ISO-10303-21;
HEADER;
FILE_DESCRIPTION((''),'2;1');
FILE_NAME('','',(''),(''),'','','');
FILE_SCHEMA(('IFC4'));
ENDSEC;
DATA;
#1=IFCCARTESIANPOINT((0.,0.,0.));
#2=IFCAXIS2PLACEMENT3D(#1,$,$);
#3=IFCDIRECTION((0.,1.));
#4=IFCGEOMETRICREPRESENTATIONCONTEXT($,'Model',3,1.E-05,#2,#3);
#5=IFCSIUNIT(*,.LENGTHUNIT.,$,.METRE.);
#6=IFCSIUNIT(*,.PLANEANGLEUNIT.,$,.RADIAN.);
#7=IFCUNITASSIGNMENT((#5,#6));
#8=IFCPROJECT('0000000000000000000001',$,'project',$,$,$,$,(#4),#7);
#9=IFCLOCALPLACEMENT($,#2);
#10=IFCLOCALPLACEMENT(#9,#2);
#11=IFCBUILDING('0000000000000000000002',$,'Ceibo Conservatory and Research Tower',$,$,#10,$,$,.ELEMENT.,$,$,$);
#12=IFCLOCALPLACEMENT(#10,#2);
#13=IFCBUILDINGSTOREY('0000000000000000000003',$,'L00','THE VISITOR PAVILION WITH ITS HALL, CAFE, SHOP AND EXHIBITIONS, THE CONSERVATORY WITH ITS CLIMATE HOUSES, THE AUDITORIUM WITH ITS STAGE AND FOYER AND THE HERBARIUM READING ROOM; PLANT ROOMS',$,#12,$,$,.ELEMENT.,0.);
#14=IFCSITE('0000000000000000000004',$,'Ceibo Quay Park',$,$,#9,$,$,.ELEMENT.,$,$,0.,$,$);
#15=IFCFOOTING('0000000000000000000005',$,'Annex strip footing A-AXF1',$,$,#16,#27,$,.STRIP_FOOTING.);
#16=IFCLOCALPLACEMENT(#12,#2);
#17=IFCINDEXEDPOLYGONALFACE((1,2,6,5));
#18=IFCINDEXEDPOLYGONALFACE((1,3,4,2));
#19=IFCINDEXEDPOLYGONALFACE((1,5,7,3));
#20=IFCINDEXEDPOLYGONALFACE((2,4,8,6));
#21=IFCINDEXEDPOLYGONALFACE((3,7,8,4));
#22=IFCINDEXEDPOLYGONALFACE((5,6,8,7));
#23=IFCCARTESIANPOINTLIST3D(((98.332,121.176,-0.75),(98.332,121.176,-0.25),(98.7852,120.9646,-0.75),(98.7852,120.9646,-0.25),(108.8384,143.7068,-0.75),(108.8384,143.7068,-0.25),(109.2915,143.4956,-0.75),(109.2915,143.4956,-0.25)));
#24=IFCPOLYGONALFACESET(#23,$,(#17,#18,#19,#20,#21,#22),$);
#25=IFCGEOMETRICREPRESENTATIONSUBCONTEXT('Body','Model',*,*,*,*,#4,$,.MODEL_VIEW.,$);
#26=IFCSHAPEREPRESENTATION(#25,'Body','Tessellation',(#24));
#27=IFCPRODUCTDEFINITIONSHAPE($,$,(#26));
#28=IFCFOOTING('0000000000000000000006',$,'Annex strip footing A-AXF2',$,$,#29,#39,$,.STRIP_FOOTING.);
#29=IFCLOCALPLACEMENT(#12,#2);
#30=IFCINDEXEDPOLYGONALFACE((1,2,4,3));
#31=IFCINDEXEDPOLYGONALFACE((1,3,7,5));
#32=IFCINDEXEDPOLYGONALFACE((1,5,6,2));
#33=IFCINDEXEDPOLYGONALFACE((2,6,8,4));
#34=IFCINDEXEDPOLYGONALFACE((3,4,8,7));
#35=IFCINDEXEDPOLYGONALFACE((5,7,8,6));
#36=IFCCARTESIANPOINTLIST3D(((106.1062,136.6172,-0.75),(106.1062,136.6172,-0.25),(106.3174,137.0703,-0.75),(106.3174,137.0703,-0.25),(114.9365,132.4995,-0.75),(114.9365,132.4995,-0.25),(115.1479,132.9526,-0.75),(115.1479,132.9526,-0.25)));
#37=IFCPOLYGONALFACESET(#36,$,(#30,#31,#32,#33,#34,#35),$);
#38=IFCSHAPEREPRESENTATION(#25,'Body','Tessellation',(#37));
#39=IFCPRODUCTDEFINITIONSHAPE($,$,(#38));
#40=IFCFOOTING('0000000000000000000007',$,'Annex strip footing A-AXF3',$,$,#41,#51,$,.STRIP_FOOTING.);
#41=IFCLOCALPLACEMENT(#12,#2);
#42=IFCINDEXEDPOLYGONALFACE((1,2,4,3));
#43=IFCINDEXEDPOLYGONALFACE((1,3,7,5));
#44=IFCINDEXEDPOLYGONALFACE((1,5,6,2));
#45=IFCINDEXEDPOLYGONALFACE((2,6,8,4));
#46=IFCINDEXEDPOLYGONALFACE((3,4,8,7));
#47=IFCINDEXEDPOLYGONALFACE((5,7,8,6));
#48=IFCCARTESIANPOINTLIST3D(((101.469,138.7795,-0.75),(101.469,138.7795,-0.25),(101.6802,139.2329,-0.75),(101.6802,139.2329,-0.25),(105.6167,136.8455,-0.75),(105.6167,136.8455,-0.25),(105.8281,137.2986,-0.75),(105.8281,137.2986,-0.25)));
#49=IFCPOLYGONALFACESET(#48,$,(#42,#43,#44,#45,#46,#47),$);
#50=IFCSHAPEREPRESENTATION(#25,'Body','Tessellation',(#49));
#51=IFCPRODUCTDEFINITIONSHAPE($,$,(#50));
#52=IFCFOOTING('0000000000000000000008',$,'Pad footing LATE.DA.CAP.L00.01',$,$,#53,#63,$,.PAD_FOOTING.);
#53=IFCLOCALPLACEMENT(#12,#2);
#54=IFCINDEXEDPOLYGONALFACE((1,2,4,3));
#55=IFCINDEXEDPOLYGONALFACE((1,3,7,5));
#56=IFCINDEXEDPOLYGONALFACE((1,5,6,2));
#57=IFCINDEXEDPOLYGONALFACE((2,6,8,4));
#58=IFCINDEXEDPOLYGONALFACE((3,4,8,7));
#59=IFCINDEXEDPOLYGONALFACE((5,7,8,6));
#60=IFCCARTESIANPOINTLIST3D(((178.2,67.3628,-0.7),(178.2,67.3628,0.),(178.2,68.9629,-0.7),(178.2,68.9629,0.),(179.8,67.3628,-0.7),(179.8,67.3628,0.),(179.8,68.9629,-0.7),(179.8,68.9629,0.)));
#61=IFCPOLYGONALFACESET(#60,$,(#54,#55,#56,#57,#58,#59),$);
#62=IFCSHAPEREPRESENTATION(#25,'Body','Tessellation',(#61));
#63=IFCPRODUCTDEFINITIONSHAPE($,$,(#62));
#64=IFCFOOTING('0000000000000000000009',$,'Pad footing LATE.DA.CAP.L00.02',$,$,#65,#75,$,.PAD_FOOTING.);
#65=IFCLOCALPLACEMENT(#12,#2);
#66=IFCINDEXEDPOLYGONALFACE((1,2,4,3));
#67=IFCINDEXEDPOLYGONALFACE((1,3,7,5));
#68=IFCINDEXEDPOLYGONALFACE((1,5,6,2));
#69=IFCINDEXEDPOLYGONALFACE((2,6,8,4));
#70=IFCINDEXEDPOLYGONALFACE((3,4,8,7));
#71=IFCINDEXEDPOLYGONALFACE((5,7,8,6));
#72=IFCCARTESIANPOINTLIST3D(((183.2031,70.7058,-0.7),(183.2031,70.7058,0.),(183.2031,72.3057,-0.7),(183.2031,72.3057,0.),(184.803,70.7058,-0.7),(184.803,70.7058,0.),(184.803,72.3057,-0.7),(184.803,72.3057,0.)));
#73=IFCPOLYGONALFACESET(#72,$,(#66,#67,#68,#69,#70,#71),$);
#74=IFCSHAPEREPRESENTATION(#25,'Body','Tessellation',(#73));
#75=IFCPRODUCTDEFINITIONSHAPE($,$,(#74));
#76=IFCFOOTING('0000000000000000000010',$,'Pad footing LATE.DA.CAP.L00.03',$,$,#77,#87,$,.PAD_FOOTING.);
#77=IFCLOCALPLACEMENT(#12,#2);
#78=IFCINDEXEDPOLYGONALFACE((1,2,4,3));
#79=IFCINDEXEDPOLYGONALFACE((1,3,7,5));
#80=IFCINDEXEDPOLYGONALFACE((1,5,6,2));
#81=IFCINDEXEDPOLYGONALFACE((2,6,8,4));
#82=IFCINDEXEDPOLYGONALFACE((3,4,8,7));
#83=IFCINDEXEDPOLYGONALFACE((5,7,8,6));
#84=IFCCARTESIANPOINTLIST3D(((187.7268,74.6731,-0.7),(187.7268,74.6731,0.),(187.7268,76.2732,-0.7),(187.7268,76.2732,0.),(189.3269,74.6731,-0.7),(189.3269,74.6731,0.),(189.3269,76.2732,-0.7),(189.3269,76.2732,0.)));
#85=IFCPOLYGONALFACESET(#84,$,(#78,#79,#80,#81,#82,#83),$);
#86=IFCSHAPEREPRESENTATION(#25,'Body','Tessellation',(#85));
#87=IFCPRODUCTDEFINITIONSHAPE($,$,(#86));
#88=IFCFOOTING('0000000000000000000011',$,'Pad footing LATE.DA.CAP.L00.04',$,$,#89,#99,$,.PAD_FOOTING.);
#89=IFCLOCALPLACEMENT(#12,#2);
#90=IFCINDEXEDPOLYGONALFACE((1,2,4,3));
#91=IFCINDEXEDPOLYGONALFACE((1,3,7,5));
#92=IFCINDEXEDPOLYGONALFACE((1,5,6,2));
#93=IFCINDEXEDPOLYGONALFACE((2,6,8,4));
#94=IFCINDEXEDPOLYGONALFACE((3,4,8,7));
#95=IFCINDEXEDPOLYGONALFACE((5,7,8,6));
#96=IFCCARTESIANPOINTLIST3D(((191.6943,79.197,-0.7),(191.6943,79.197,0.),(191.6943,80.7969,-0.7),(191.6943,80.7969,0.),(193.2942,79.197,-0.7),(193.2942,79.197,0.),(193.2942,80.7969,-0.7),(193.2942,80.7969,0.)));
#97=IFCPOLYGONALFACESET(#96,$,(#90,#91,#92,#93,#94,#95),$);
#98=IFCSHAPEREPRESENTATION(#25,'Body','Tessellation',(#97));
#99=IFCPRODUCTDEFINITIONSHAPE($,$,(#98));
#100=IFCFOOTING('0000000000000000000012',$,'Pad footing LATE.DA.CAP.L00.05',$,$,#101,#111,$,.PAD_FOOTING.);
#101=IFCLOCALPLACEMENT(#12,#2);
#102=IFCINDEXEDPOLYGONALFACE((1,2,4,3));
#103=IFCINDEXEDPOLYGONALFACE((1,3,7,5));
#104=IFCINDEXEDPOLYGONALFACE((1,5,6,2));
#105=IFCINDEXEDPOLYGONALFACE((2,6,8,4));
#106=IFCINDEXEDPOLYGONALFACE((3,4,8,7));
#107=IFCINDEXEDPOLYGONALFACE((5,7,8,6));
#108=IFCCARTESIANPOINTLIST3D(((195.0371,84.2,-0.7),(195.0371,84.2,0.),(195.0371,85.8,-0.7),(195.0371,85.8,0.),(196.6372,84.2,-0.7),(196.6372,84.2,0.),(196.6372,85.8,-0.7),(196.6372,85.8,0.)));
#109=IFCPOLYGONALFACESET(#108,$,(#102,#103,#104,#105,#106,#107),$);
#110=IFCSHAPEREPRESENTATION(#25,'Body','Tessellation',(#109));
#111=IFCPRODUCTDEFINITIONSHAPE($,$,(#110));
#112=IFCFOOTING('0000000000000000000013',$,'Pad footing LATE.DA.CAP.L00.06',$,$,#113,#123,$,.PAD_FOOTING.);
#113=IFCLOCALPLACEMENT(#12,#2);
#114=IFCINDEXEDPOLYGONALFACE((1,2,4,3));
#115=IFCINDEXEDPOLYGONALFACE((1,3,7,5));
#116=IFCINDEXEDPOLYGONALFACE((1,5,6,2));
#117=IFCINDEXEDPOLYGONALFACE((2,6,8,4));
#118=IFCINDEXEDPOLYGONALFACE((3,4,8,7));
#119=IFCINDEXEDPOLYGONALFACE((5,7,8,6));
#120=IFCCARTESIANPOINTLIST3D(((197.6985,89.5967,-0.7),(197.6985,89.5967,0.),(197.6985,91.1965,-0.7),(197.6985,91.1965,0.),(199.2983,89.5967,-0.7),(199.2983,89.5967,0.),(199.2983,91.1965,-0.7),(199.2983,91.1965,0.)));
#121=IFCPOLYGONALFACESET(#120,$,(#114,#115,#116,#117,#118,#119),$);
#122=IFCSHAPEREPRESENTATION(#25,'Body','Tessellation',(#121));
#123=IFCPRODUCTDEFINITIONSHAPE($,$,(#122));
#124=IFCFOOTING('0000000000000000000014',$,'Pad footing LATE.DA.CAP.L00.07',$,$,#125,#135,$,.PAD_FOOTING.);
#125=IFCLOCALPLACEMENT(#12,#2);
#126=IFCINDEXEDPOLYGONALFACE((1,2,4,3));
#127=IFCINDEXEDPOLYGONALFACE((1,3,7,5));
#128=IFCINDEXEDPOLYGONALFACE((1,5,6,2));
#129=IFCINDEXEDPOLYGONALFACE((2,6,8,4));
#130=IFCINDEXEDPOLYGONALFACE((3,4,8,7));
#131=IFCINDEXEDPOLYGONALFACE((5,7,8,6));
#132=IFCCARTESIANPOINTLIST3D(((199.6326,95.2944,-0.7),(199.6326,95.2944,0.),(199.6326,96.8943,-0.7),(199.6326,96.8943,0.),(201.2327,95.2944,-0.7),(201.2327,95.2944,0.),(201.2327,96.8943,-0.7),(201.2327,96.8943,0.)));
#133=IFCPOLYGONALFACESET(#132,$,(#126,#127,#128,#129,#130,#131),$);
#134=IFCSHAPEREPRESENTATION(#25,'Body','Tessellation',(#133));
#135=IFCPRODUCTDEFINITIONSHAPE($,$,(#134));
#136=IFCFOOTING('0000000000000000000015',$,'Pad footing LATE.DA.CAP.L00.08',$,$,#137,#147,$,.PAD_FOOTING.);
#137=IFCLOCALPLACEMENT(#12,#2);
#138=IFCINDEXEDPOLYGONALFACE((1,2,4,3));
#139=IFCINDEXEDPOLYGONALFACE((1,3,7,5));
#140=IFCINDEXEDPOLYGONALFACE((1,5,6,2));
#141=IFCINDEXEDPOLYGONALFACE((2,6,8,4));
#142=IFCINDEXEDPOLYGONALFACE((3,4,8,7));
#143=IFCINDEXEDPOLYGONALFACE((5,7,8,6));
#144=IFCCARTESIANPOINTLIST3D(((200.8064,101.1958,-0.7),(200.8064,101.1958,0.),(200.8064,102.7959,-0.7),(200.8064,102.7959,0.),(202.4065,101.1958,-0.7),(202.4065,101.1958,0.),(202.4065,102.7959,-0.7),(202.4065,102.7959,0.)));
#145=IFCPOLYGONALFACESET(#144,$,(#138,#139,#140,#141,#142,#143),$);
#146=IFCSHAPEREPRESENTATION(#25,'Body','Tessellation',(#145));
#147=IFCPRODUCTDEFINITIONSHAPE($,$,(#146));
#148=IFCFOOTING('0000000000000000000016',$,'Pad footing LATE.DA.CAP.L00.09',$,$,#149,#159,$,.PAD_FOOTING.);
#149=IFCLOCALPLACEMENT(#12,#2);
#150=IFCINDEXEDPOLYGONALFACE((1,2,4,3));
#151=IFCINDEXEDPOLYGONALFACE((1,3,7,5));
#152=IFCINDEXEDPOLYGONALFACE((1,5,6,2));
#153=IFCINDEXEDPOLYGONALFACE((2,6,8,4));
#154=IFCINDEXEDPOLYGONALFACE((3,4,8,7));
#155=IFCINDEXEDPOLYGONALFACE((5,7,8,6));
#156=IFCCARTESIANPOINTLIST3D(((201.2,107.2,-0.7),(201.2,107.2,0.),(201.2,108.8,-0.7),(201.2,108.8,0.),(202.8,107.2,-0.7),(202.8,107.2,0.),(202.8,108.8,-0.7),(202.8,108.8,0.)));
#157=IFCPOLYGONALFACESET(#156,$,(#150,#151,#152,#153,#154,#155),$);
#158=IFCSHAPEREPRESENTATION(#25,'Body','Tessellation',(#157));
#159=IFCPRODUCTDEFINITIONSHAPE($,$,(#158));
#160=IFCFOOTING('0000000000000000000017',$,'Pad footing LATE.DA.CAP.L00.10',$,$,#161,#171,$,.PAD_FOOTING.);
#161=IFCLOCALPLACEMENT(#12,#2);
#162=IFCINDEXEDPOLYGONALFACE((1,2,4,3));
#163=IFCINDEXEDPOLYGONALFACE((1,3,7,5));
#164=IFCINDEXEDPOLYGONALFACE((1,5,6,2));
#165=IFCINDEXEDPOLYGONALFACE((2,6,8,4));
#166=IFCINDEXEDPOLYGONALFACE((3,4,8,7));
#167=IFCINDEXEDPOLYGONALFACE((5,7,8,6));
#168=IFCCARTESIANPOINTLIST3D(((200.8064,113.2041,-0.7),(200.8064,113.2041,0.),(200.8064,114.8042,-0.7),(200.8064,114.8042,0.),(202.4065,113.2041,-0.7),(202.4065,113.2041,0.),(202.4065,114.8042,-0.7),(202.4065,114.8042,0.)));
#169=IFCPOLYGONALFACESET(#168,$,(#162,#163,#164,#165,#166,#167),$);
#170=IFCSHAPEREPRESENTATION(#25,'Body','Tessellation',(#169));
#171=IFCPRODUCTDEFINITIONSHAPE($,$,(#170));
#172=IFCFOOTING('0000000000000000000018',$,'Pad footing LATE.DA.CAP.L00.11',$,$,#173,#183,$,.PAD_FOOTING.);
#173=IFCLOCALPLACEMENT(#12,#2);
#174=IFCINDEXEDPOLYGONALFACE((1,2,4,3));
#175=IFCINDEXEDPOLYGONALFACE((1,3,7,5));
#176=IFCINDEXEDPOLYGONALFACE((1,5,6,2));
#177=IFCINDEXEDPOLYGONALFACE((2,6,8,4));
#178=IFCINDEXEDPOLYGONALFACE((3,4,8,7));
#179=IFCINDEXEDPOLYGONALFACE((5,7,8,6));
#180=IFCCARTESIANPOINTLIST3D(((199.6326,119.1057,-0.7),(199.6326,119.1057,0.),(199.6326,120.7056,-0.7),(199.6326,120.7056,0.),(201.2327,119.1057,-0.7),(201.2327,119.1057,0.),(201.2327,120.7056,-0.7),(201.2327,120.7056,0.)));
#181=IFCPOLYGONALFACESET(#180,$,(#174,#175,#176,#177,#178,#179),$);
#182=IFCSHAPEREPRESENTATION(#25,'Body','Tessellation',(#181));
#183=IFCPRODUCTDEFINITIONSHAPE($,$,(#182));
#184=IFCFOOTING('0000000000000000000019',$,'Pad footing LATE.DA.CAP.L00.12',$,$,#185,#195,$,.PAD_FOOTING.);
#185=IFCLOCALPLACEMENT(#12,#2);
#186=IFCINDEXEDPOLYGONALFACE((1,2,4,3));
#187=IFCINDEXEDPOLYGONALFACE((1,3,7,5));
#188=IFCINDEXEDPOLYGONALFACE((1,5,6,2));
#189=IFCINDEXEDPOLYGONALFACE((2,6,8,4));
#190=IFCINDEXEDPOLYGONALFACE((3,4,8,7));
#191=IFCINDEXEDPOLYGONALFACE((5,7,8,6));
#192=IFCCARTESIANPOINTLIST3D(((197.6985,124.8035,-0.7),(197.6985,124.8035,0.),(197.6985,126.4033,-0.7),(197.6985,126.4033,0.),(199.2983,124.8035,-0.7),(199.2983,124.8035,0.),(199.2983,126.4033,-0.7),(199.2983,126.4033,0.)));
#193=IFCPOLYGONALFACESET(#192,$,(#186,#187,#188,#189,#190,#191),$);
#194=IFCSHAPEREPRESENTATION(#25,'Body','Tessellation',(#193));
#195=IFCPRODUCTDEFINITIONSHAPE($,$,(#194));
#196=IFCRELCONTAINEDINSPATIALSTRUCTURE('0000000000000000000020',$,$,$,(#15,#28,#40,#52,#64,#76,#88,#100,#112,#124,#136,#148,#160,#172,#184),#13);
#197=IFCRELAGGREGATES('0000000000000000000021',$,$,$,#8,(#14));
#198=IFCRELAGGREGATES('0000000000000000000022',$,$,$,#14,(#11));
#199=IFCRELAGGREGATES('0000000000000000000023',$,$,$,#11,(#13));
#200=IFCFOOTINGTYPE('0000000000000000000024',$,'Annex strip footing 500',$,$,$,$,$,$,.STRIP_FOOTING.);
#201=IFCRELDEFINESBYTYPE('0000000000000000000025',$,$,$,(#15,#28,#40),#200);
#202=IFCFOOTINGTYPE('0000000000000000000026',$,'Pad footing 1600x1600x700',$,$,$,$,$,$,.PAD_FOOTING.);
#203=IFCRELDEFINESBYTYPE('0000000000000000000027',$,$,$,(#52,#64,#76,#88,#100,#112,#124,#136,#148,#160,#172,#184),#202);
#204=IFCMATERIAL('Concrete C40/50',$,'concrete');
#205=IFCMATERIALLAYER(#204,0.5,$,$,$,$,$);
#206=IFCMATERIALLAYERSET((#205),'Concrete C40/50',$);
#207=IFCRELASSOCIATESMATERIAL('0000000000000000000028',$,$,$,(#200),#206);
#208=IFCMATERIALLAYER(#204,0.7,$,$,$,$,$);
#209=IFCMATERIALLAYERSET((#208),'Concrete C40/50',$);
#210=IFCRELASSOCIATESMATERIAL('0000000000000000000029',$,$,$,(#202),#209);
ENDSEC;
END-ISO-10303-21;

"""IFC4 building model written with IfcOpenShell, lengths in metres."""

from ifc_helpers import new_model, si_unit, direction, frame, origin, place, context, subcontext, project, spatial, polyline, outline, extrude, material, layer, layer_set, type_object, element, save


model = new_model("IFC4")

# Units and contexts
model_context = context("Model", 3, precision=1e-05, world=origin(), true_north=direction((0.0, 1.0)))
body_context = subcontext(model_context, "Body", "Model", "MODEL_VIEW")
ifc_project = project(units=[si_unit("LENGTHUNIT", "METRE"), si_unit("PLANEANGLEUNIT", "RADIAN")], contexts=[model_context])

# Site, building, storey
site_placement = place(None, origin())
site = spatial("IfcSite", under=ifc_project, at=site_placement, Name="Ceibo Quay Park", CompositionType="ELEMENT", RefElevation=0.0)
building_placement = place(site_placement, origin())
building = spatial("IfcBuilding", under=site, at=building_placement, Name="Ceibo Conservatory and Research Tower", CompositionType="ELEMENT")
storey_placement = place(building_placement, origin())
storey = spatial("IfcBuildingStorey", under=building, at=storey_placement, Name="L00", Description="THE VISITOR PAVILION WITH ITS HALL, CAFE, SHOP AND EXHIBITIONS, THE CONSERVATORY WITH ITS CLIMATE HOUSES, THE AUDITORIUM WITH ITS STAGE AND FOYER AND THE HERBARIUM READING ROOM; PLANT ROOMS", CompositionType="ELEMENT", Elevation=0.0)

# Footings
ifc_material = material(Name="Concrete C40/50", Category="concrete")
ifc_layer_1 = layer(ifc_material, 0.5)
ifc_layer_set_1 = layer_set([ifc_layer_1], Name="Concrete C40/50")
footing_type_1 = type_object("IfcFootingType", Name="Annex strip footing 500", PredefinedType="STRIP_FOOTING", material=ifc_layer_set_1)
footing_1_placement = place(storey_placement, frame((0.0, 0.0, -0.75)))
element("IfcFooting", 1, at=footing_1_placement, inside=storey, type_object=footing_type_1, Name="Annex strip footing A-AXF1", PredefinedType="STRIP_FOOTING", context=body_context, shape_type="SweptSolid", body=[
    extrude(outline(polyline([(98.7852, 120.9646), (109.2915, 143.4956), (108.8384, 143.7068), (98.332, 121.176), (98.7852, 120.9646)])), origin(), (0.0, 0.0, 1.0), 0.5),
])
footing_2_placement = place(storey_placement, frame((0.0, 0.0, -0.75)))
element("IfcFooting", 2, at=footing_2_placement, inside=storey, type_object=footing_type_1, Name="Annex strip footing A-AXF2", PredefinedType="STRIP_FOOTING", context=body_context, shape_type="SweptSolid", body=[
    extrude(outline(polyline([(115.1479, 132.9526), (106.3174, 137.0703), (106.1062, 136.6172), (114.9365, 132.4995), (115.1479, 132.9526)])), origin(), (0.0, 0.0, 1.0), 0.5),
])
footing_3_placement = place(storey_placement, frame((0.0, 0.0, -0.75)))
element("IfcFooting", 3, at=footing_3_placement, inside=storey, type_object=footing_type_1, Name="Annex strip footing A-AXF3", PredefinedType="STRIP_FOOTING", context=body_context, shape_type="SweptSolid", body=[
    extrude(outline(polyline([(101.6802, 139.2329), (101.469, 138.7795), (105.6167, 136.8455), (105.8281, 137.2986), (101.6802, 139.2329)])), origin(), (0.0, 0.0, 1.0), 0.5),
])
ifc_layer_2 = layer(ifc_material, 0.7)
ifc_layer_set_2 = layer_set([ifc_layer_2], Name="Concrete C40/50")
footing_type_2 = type_object("IfcFootingType", Name="Pad footing 1600x1600x700", PredefinedType="PAD_FOOTING", material=ifc_layer_set_2)
footing_4_placement = place(storey_placement, frame((0.0, 0.0, -0.7)))
element("IfcFooting", 4, at=footing_4_placement, inside=storey, type_object=footing_type_2, Name="Pad footing LATE.DA.CAP.L00.01", PredefinedType="PAD_FOOTING", context=body_context, shape_type="SweptSolid", body=[
    extrude(outline(polyline([(178.2, 67.3628), (179.8, 67.3628), (179.8, 68.9629), (178.2, 68.9629), (178.2, 67.3628)])), origin(), (0.0, 0.0, 1.0), 0.7),
])
footing_5_placement = place(storey_placement, frame((0.0, 0.0, -0.7)))
element("IfcFooting", 5, at=footing_5_placement, inside=storey, type_object=footing_type_2, Name="Pad footing LATE.DA.CAP.L00.02", PredefinedType="PAD_FOOTING", context=body_context, shape_type="SweptSolid", body=[
    extrude(outline(polyline([(183.2031, 70.7058), (184.803, 70.7058), (184.803, 72.3057), (183.2031, 72.3057), (183.2031, 70.7058)])), origin(), (0.0, 0.0, 1.0), 0.7),
])
footing_6_placement = place(storey_placement, frame((0.0, 0.0, -0.7)))
element("IfcFooting", 6, at=footing_6_placement, inside=storey, type_object=footing_type_2, Name="Pad footing LATE.DA.CAP.L00.03", PredefinedType="PAD_FOOTING", context=body_context, shape_type="SweptSolid", body=[
    extrude(outline(polyline([(187.7268, 74.6731), (189.3269, 74.6731), (189.3269, 76.2732), (187.7268, 76.2732), (187.7268, 74.6731)])), origin(), (0.0, 0.0, 1.0), 0.7),
])
footing_7_placement = place(storey_placement, frame((0.0, 0.0, -0.7)))
element("IfcFooting", 7, at=footing_7_placement, inside=storey, type_object=footing_type_2, Name="Pad footing LATE.DA.CAP.L00.04", PredefinedType="PAD_FOOTING", context=body_context, shape_type="SweptSolid", body=[
    extrude(outline(polyline([(191.6943, 79.197), (193.2942, 79.197), (193.2942, 80.7969), (191.6943, 80.7969), (191.6943, 79.197)])), origin(), (0.0, 0.0, 1.0), 0.7),
])
footing_8_placement = place(storey_placement, frame((0.0, 0.0, -0.7)))
element("IfcFooting", 8, at=footing_8_placement, inside=storey, type_object=footing_type_2, Name="Pad footing LATE.DA.CAP.L00.05", PredefinedType="PAD_FOOTING", context=body_context, shape_type="SweptSolid", body=[
    extrude(outline(polyline([(195.0371, 84.2), (196.6372, 84.2), (196.6372, 85.8), (195.0371, 85.8), (195.0371, 84.2)])), origin(), (0.0, 0.0, 1.0), 0.7),
])
footing_9_placement = place(storey_placement, frame((0.0, 0.0, -0.7)))
element("IfcFooting", 9, at=footing_9_placement, inside=storey, type_object=footing_type_2, Name="Pad footing LATE.DA.CAP.L00.06", PredefinedType="PAD_FOOTING", context=body_context, shape_type="SweptSolid", body=[
    extrude(outline(polyline([(197.6985, 89.5967), (199.2983, 89.5967), (199.2983, 91.1965), (197.6985, 91.1965), (197.6985, 89.5967)])), origin(), (0.0, 0.0, 1.0), 0.7),
])
footing_10_placement = place(storey_placement, frame((0.0, 0.0, -0.7)))
element("IfcFooting", 10, at=footing_10_placement, inside=storey, type_object=footing_type_2, Name="Pad footing LATE.DA.CAP.L00.07", PredefinedType="PAD_FOOTING", context=body_context, shape_type="SweptSolid", body=[
    extrude(outline(polyline([(199.6326, 95.2944), (201.2327, 95.2944), (201.2327, 96.8943), (199.6326, 96.8943), (199.6326, 95.2944)])), origin(), (0.0, 0.0, 1.0), 0.7),
])
footing_11_placement = place(storey_placement, frame((0.0, 0.0, -0.7)))
element("IfcFooting", 11, at=footing_11_placement, inside=storey, type_object=footing_type_2, Name="Pad footing LATE.DA.CAP.L00.08", PredefinedType="PAD_FOOTING", context=body_context, shape_type="SweptSolid", body=[
    extrude(outline(polyline([(200.8064, 101.1958), (202.4065, 101.1958), (202.4065, 102.7959), (200.8064, 102.7959), (200.8064, 101.1958)])), origin(), (0.0, 0.0, 1.0), 0.7),
])
footing_12_placement = place(storey_placement, frame((0.0, 0.0, -0.7)))
element("IfcFooting", 12, at=footing_12_placement, inside=storey, type_object=footing_type_2, Name="Pad footing LATE.DA.CAP.L00.09", PredefinedType="PAD_FOOTING", context=body_context, shape_type="SweptSolid", body=[
    extrude(outline(polyline([(201.2, 107.2), (202.8, 107.2), (202.8, 108.8), (201.2, 108.8), (201.2, 107.2)])), origin(), (0.0, 0.0, 1.0), 0.7),
])
footing_13_placement = place(storey_placement, frame((0.0, 0.0, -0.7)))
element("IfcFooting", 13, at=footing_13_placement, inside=storey, type_object=footing_type_2, Name="Pad footing LATE.DA.CAP.L00.10", PredefinedType="PAD_FOOTING", context=body_context, shape_type="SweptSolid", body=[
    extrude(outline(polyline([(200.8064, 113.2041), (202.4065, 113.2041), (202.4065, 114.8042), (200.8064, 114.8042), (200.8064, 113.2041)])), origin(), (0.0, 0.0, 1.0), 0.7),
])
footing_14_placement = place(storey_placement, frame((0.0, 0.0, -0.7)))
element("IfcFooting", 14, at=footing_14_placement, inside=storey, type_object=footing_type_2, Name="Pad footing LATE.DA.CAP.L00.11", PredefinedType="PAD_FOOTING", context=body_context, shape_type="SweptSolid", body=[
    extrude(outline(polyline([(199.6326, 119.1057), (201.2327, 119.1057), (201.2327, 120.7056), (199.6326, 120.7056), (199.6326, 119.1057)])), origin(), (0.0, 0.0, 1.0), 0.7),
])
footing_15_placement = place(storey_placement, frame((0.0, 0.0, -0.7)))
element("IfcFooting", 15, at=footing_15_placement, inside=storey, type_object=footing_type_2, Name="Pad footing LATE.DA.CAP.L00.12", PredefinedType="PAD_FOOTING", context=body_context, shape_type="SweptSolid", body=[
    extrude(outline(polyline([(197.6985, 124.8035), (199.2983, 124.8035), (199.2983, 126.4033), (197.6985, 126.4033), (197.6985, 124.8035)])), origin(), (0.0, 0.0, 1.0), 0.7),
])

save(model, "model.ifc")
